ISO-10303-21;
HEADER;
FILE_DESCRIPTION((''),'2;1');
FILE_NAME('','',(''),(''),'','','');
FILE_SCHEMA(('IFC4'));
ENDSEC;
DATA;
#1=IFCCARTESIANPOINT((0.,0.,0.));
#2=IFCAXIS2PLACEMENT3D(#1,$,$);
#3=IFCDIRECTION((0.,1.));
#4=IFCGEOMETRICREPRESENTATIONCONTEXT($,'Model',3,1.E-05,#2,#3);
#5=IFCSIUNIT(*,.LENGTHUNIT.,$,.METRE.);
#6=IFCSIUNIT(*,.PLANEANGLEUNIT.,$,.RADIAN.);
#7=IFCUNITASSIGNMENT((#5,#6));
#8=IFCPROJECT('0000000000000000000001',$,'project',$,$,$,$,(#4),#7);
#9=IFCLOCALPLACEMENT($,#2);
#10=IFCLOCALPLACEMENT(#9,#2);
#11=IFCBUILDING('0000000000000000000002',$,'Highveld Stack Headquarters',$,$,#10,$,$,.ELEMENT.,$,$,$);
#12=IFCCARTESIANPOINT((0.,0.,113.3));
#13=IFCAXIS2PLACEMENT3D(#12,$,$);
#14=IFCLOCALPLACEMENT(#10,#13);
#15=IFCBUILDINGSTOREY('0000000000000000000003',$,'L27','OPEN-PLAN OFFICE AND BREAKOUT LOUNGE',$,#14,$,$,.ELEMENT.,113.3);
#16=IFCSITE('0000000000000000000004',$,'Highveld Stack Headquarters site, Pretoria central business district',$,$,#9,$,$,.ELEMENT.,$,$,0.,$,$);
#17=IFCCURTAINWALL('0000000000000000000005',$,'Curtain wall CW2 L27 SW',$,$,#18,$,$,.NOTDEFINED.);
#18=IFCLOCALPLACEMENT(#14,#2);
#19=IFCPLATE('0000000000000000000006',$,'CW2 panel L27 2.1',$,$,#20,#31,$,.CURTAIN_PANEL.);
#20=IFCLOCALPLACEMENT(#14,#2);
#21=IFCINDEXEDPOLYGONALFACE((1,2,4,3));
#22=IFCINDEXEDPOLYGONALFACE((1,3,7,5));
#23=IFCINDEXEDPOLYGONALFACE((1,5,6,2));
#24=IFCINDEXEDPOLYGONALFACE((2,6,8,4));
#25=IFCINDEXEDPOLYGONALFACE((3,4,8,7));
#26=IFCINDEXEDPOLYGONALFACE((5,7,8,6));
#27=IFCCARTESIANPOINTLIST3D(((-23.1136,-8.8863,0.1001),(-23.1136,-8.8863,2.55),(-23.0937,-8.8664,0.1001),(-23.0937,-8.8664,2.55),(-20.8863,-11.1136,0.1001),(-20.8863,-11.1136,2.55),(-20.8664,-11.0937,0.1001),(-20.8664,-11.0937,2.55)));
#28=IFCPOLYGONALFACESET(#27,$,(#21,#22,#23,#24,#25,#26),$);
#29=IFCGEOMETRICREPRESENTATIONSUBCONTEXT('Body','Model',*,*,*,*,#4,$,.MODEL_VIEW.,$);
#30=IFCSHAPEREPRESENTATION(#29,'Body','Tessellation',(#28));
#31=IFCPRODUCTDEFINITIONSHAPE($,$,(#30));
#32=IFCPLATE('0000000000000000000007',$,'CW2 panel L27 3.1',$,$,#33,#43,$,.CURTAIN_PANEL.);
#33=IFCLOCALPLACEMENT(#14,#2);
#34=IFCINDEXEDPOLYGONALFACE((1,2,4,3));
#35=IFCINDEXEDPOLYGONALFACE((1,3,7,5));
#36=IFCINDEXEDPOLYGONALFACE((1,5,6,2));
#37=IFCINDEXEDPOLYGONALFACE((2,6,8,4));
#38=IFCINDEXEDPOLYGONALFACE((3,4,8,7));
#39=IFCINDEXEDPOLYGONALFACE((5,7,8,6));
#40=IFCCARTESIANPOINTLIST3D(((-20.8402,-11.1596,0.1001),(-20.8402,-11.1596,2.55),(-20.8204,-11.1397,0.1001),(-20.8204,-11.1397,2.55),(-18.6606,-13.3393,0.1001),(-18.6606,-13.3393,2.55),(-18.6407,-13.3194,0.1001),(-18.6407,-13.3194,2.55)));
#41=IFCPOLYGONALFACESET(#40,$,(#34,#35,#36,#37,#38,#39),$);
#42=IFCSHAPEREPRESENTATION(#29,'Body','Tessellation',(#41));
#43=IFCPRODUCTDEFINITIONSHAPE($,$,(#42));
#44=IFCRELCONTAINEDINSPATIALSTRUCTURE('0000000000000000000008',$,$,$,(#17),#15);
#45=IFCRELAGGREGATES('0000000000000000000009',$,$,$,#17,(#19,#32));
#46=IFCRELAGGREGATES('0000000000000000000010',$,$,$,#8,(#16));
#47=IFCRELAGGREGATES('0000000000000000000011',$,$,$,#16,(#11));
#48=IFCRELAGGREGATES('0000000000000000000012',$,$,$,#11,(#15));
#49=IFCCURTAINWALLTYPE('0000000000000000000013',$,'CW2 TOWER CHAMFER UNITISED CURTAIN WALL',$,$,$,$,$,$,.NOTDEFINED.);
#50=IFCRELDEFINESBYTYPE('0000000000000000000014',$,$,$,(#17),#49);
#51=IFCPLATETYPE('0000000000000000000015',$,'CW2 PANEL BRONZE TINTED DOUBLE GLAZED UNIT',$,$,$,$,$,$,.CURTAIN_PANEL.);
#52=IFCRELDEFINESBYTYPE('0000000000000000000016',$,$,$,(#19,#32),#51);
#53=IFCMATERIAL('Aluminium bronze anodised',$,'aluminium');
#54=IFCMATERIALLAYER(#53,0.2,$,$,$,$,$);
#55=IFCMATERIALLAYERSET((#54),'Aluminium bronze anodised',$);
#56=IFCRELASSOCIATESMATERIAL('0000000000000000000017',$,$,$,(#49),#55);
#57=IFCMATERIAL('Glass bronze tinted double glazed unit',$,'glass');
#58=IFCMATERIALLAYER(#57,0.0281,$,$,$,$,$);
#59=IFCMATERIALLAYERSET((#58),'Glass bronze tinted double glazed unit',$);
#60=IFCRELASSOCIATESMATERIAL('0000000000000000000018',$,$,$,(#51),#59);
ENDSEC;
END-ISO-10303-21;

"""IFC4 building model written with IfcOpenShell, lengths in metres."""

from ifc_helpers import new_model, si_unit, direction, frame, origin, origin_2d, place, context, subcontext, project, spatial, rectangle, extrude, material, layer, layer_set, type_object, element, aggregate, save


model = new_model("IFC4")

# Units and contexts
model_context = context("Model", 3, precision=1e-05, world=origin(), true_north=direction((0.0, 1.0)))
body_context = subcontext(model_context, "Body", "Model", "MODEL_VIEW")
ifc_project = project(units=[si_unit("LENGTHUNIT", "METRE"), si_unit("PLANEANGLEUNIT", "RADIAN")], contexts=[model_context])

# Site, building, storey
site_placement = place(None, origin())
site = spatial("IfcSite", under=ifc_project, at=site_placement, Name="Highveld Stack Headquarters site, Pretoria central business district", CompositionType="ELEMENT", RefElevation=0.0)
building_placement = place(site_placement, origin())
building = spatial("IfcBuilding", under=site, at=building_placement, Name="Highveld Stack Headquarters", CompositionType="ELEMENT")
storey_placement = place(building_placement, frame((0.0, 0.0, 113.3)))
storey = spatial("IfcBuildingStorey", under=building, at=storey_placement, Name="L27", Description="OPEN-PLAN OFFICE AND BREAKOUT LOUNGE", CompositionType="ELEMENT", Elevation=113.3)

# Curtain wall
ifc_material_1 = material(Name="Aluminium bronze anodised", Category="aluminium")
ifc_layer_1 = layer(ifc_material_1, 0.2)
ifc_layer_set_1 = layer_set([ifc_layer_1], Name="Aluminium bronze anodised")
curtain_wall_type_1 = type_object("IfcCurtainWallType", Name="CW2 TOWER CHAMFER UNITISED CURTAIN WALL", PredefinedType="NOTDEFINED", material=ifc_layer_set_1)
curtain_wall_1_placement = place(storey_placement, origin())
curtain_wall_1 = element("IfcCurtainWall", 1, at=curtain_wall_1_placement, inside=storey, type_object=curtain_wall_type_1, Name="Curtain wall CW2 L27 SW", PredefinedType="NOTDEFINED")

# Plates
ifc_material_2 = material(Name="Glass bronze tinted double glazed unit", Category="glass")
ifc_layer_2 = layer(ifc_material_2, 0.0281)
ifc_layer_set_2 = layer_set([ifc_layer_2], Name="Glass bronze tinted double glazed unit")
plate_type_1 = type_object("IfcPlateType", Name="CW2 PANEL BRONZE TINTED DOUBLE GLAZED UNIT", PredefinedType="CURTAIN_PANEL", material=ifc_layer_set_2)
plate_1_placement = place(storey_placement, frame((-21.99, -9.99, 0.1001), z_axis=(0.0, 0.0, 1.0), x_axis=(0.707107, -0.707107, 0.0)))
plate_1 = element("IfcPlate", 2, at=plate_1_placement, type_object=plate_type_1, Name="CW2 panel L27 2.1", PredefinedType="CURTAIN_PANEL", context=body_context, shape_type="SweptSolid", body=[
    extrude(rectangle(XDim=3.1499, YDim=0.0281, at=origin_2d()), origin(), (0.0, 0.0, 1.0), 2.45),
])
plate_2_placement = place(storey_placement, frame((-19.7405, -12.2395, 0.1001), z_axis=(0.0, 0.0, 1.0), x_axis=(0.707107, -0.707107, 0.0)))
plate_2 = element("IfcPlate", 3, at=plate_2_placement, type_object=plate_type_1, Name="CW2 panel L27 3.1", PredefinedType="CURTAIN_PANEL", context=body_context, shape_type="SweptSolid", body=[
    extrude(rectangle(XDim=3.0825, YDim=0.0281, at=origin_2d()), origin(), (0.0, 0.0, 1.0), 2.45),
])
aggregate(curtain_wall_1, [plate_1, plate_2])

save(model, "model.ifc")
